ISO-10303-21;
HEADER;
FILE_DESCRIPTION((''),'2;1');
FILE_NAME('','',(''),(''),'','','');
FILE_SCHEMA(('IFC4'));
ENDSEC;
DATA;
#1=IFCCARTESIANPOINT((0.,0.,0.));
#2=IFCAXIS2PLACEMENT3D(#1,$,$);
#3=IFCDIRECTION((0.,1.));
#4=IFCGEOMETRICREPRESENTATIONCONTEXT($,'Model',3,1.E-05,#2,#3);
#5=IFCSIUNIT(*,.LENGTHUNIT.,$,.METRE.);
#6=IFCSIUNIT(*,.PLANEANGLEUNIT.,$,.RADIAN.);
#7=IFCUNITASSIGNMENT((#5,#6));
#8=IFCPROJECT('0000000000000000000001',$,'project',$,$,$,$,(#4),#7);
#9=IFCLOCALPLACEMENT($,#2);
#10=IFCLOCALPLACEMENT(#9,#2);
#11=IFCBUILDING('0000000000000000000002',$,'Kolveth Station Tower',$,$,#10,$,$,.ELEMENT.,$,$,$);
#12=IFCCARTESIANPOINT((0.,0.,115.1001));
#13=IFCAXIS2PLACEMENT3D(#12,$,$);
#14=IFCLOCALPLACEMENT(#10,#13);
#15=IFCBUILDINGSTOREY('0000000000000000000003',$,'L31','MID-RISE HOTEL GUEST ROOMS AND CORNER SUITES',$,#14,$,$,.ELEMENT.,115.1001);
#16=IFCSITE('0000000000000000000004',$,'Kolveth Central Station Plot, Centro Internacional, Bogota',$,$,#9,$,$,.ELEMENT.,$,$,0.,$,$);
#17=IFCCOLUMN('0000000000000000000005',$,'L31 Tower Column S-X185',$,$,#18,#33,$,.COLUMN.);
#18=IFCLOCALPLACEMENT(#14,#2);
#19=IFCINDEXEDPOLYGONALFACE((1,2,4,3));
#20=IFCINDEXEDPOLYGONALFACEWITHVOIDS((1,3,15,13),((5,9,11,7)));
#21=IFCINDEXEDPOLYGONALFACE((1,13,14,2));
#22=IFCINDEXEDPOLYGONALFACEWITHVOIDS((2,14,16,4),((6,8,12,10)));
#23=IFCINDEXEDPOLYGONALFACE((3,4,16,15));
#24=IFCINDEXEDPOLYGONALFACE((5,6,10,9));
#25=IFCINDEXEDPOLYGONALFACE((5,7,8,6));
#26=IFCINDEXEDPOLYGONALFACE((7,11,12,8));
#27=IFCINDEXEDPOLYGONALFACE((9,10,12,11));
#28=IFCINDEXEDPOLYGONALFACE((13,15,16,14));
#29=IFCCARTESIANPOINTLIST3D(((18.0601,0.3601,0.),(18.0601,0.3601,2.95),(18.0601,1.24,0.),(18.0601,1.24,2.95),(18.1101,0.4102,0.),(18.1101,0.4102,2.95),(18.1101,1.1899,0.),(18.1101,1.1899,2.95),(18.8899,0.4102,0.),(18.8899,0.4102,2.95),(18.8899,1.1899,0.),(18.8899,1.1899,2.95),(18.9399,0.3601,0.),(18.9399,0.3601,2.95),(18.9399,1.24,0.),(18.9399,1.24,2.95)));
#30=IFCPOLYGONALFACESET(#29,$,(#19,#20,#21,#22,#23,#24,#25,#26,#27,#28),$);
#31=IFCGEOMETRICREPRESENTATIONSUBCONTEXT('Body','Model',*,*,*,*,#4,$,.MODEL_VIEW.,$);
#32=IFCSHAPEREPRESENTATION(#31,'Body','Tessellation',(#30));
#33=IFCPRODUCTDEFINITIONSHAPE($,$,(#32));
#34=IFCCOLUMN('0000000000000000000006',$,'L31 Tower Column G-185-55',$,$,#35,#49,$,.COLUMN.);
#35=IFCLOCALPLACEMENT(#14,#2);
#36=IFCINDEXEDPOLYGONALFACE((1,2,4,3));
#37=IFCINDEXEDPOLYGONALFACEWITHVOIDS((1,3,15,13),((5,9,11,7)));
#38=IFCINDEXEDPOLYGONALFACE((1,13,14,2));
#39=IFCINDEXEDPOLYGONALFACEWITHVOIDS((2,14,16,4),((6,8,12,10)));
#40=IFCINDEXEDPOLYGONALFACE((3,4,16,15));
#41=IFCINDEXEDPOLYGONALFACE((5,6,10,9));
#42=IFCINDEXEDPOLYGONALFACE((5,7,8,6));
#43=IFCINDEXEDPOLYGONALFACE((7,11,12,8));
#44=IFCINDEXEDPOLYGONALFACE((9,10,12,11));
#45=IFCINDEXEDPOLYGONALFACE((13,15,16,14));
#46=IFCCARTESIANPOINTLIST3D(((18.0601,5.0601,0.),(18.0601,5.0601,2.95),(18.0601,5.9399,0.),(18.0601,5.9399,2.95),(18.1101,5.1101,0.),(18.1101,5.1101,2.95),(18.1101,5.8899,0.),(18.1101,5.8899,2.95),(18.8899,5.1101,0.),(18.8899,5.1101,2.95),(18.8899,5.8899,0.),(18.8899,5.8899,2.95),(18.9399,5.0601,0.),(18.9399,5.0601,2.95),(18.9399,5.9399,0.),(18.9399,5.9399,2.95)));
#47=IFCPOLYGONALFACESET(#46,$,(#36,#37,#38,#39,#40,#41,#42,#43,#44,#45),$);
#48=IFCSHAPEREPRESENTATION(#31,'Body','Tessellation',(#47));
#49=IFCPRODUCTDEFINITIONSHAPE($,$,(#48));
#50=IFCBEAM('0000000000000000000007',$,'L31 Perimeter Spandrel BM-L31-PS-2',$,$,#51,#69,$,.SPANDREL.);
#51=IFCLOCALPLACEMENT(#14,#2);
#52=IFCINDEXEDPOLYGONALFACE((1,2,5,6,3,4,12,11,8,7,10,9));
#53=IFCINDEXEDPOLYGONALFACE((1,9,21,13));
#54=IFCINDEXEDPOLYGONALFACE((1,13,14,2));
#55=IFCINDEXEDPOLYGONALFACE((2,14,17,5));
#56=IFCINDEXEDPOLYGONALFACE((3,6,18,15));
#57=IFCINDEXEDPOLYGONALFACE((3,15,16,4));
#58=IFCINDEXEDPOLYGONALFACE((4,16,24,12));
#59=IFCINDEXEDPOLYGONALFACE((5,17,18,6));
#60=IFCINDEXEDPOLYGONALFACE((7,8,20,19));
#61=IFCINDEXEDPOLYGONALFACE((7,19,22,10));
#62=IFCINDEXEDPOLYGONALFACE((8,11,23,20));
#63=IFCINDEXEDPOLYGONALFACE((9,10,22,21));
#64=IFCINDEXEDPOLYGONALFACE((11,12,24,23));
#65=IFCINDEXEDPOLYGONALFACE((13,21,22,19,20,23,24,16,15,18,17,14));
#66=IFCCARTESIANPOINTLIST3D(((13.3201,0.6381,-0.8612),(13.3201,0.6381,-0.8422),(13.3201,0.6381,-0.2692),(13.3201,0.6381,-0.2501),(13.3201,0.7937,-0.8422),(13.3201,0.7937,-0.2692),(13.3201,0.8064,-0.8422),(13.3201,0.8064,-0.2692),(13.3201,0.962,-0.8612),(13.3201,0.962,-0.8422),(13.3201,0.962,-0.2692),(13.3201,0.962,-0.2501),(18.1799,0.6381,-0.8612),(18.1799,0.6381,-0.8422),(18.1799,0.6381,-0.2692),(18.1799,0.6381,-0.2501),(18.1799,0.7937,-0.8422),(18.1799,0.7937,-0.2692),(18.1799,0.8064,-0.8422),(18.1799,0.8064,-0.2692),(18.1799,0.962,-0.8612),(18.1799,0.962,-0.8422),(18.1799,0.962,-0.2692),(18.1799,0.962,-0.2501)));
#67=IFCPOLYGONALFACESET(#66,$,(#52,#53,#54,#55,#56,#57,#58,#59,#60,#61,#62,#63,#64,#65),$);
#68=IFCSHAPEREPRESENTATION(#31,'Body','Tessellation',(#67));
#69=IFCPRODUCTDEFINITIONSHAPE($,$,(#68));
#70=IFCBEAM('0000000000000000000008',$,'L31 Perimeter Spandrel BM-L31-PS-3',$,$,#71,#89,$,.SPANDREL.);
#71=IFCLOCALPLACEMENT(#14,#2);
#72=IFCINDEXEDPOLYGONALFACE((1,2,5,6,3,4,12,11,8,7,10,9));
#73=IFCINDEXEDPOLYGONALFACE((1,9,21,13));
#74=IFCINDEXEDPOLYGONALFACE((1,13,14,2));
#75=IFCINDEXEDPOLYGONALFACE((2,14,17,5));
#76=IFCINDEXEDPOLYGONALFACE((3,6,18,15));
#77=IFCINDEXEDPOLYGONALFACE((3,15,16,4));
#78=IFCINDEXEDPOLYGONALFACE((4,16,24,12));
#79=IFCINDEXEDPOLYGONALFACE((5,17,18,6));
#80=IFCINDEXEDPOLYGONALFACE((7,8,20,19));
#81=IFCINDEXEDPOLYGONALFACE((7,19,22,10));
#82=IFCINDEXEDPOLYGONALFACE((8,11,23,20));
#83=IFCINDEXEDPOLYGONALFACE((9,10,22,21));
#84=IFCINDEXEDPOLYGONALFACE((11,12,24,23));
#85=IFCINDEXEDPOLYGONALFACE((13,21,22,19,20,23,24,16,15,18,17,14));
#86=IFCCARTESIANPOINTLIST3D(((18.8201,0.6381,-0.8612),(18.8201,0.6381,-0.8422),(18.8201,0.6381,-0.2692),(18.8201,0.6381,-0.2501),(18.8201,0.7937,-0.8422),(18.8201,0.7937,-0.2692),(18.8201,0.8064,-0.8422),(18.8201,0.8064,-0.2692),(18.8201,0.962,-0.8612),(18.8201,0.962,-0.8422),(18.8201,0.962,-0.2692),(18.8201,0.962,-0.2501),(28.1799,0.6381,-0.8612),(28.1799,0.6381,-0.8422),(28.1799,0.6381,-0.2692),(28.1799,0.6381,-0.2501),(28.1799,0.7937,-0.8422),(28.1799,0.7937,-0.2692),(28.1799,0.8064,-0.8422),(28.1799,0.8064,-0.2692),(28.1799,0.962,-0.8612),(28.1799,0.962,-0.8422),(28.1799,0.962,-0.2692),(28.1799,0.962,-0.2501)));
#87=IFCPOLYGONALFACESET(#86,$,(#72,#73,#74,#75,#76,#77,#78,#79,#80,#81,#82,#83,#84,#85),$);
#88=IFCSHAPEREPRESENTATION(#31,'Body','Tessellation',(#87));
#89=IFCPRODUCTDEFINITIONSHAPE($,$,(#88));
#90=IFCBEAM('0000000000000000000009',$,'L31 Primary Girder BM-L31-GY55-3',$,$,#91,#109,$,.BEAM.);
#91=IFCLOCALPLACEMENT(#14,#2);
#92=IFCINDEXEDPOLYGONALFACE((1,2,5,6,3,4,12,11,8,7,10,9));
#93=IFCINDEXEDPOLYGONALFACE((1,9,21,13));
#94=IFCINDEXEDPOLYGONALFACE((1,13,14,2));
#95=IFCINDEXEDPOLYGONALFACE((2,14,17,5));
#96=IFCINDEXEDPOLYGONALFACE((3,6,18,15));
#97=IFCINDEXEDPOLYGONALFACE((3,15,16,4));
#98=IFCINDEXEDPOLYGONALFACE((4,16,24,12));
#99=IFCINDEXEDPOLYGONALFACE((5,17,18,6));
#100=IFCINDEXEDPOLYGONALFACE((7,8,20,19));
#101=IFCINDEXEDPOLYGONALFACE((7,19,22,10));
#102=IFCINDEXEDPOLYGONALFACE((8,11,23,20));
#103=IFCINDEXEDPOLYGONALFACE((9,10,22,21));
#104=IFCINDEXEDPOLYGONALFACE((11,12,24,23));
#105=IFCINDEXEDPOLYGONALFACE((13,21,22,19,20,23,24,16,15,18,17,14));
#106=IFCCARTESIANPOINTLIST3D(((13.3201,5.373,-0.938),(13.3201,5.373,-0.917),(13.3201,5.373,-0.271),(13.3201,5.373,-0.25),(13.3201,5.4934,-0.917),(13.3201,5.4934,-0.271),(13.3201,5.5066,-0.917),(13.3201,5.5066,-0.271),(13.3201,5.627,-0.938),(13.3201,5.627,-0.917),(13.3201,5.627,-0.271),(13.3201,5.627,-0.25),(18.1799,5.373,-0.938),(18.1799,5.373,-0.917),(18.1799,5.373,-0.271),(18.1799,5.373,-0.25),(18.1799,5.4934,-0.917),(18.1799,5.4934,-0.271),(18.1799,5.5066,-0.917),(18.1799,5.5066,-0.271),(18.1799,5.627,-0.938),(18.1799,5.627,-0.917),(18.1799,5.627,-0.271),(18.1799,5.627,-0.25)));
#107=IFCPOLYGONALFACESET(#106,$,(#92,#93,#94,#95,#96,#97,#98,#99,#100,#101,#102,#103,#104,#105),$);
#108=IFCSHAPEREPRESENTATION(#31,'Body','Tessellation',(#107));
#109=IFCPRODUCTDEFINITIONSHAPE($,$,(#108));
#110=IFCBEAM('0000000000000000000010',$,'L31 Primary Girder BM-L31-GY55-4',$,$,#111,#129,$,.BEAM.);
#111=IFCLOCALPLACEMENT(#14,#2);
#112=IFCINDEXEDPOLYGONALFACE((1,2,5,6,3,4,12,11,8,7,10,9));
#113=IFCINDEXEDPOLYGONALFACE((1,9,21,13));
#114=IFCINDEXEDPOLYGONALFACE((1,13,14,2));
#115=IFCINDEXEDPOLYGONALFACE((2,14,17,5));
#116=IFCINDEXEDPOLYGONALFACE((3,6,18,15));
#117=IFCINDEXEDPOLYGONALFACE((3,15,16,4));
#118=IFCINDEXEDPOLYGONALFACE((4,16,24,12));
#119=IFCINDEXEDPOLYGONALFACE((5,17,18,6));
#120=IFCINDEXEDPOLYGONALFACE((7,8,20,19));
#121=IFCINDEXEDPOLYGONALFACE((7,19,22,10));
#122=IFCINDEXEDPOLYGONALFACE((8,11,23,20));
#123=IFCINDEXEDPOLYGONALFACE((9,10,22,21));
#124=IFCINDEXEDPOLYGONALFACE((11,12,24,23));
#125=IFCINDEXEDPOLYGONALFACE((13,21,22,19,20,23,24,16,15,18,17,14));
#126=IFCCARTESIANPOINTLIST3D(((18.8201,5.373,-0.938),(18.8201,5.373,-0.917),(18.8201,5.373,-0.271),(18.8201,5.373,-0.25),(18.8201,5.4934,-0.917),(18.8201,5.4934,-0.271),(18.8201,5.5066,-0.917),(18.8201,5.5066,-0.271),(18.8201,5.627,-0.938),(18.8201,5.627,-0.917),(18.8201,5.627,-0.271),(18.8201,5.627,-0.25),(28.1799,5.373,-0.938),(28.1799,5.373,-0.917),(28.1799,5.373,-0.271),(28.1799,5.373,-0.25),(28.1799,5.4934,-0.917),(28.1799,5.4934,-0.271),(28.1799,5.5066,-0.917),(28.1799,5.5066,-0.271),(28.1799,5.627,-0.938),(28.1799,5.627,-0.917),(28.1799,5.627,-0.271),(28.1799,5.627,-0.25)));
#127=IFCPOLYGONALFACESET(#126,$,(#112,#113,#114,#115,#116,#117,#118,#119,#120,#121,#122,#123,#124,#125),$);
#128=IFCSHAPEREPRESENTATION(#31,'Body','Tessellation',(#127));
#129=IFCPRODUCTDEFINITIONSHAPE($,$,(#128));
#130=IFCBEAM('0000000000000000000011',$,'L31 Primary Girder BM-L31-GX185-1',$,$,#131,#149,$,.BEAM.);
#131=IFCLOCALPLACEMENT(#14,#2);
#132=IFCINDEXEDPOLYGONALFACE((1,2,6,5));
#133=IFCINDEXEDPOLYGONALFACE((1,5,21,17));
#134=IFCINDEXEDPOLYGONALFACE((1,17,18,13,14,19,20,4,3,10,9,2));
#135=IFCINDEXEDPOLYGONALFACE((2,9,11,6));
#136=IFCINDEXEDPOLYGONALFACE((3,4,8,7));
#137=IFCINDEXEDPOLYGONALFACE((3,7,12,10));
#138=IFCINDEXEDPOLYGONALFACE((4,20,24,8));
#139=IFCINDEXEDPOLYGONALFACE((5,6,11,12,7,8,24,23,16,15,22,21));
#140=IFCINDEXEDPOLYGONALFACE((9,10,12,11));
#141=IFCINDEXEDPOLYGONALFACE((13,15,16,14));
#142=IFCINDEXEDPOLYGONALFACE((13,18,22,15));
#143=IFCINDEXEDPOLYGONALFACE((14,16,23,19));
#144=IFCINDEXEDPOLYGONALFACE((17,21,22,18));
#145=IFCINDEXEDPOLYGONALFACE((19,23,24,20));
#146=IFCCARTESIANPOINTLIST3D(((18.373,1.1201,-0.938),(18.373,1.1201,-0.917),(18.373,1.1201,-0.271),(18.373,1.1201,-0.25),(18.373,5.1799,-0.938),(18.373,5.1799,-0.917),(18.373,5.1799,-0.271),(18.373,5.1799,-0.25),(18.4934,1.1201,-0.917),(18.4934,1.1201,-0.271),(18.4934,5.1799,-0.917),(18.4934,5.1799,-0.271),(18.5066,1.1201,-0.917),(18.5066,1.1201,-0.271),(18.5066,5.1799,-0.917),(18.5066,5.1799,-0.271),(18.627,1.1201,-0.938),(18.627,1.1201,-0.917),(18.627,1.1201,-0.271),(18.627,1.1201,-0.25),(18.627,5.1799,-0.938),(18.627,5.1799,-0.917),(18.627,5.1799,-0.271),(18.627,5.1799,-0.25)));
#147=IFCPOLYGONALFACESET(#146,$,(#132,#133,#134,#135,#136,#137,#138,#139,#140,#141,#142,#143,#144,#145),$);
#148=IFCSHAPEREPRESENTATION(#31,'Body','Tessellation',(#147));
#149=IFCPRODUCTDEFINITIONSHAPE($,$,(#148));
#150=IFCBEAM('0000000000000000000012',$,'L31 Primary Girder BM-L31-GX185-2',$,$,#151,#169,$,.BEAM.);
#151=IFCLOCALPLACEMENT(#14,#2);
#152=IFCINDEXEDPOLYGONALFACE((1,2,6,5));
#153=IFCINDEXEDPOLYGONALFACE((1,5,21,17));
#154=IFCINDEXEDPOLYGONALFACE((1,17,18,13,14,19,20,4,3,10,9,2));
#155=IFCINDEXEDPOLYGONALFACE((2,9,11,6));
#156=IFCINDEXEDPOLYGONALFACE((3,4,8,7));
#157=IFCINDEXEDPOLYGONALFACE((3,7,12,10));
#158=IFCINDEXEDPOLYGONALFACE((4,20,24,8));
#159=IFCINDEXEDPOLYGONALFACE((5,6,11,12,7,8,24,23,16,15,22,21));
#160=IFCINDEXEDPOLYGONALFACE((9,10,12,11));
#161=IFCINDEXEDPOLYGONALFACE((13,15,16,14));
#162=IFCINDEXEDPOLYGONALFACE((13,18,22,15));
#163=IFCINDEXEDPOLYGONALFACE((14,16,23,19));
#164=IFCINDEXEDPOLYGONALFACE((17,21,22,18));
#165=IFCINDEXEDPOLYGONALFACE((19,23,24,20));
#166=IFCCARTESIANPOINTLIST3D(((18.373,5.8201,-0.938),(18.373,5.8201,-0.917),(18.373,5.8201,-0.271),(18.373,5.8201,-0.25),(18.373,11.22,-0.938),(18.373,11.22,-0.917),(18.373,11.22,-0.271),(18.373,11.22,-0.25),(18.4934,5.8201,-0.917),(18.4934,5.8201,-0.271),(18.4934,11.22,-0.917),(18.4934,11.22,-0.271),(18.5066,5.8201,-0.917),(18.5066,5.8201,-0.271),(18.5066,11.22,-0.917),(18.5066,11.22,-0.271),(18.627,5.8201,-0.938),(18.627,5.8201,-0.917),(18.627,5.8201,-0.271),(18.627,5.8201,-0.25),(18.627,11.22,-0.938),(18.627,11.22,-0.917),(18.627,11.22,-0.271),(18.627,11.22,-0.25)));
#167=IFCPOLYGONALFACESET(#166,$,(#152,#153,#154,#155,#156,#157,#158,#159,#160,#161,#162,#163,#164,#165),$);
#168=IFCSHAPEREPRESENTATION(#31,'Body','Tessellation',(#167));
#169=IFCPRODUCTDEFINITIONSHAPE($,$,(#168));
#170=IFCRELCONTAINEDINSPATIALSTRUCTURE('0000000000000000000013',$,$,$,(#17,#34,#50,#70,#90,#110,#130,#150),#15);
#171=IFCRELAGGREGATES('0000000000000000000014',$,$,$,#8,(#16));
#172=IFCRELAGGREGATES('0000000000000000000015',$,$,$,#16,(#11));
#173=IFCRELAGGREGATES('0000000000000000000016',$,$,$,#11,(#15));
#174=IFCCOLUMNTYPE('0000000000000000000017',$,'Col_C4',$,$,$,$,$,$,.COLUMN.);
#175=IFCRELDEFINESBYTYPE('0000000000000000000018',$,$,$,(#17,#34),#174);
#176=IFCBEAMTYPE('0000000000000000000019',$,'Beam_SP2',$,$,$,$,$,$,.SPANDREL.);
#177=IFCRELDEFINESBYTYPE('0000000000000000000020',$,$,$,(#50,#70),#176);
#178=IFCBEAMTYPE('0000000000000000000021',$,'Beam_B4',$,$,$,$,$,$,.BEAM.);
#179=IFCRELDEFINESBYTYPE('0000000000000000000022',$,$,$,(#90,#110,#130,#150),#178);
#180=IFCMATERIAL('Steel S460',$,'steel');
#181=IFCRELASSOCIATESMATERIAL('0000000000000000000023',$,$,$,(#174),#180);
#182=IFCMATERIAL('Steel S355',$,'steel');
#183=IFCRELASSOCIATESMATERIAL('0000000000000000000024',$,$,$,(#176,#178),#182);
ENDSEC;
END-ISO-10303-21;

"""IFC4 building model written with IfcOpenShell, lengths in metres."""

from ifc_helpers import new_model, si_unit, direction, frame, origin, origin_2d, place, context, subcontext, project, spatial, hollow_rectangle, i_section, extrude, source, transform, mapped, material, material_profile, profile_set, type_object, element, save


model = new_model("IFC4")

# Units and contexts
model_context = context("Model", 3, precision=1e-05, world=origin(), true_north=direction((0.0, 1.0)))
body_context = subcontext(model_context, "Body", "Model", "MODEL_VIEW")
ifc_project = project(units=[si_unit("LENGTHUNIT", "METRE"), si_unit("PLANEANGLEUNIT", "RADIAN")], contexts=[model_context])

# Site, building, storey
site_placement = place(None, origin())
site = spatial("IfcSite", under=ifc_project, at=site_placement, Name="Kolveth Central Station Plot, Centro Internacional, Bogota", CompositionType="ELEMENT", RefElevation=0.0)
building_placement = place(site_placement, origin())
building = spatial("IfcBuilding", under=site, at=building_placement, Name="Kolveth Station Tower", CompositionType="ELEMENT")
storey_placement = place(building_placement, frame((0.0, 0.0, 115.1001)))
storey = spatial("IfcBuildingStorey", under=building, at=storey_placement, Name="L31", Description="MID-RISE HOTEL GUEST ROOMS AND CORNER SUITES", CompositionType="ELEMENT", Elevation=115.1001)

# Columns
ifc_material_1 = material(Name="Steel S460", Category="steel")
ifc_material_profile_1 = material_profile(ifc_material_1, hollow_rectangle(XDim=0.8799, YDim=0.8799, WallThickness=0.05, at=origin_2d()), Name="BOX880x880x50")
ifc_profile_set_1 = profile_set([ifc_material_profile_1], Name="Steel S460")
column_type = type_object("IfcColumnType", Name="Col_C4", PredefinedType="COLUMN", material=ifc_profile_set_1)
shared_shape_1 = source(origin(), body_context, "Body", "SweptSolid", [
    extrude(hollow_rectangle(XDim=0.8799, YDim=0.8799, WallThickness=0.05, at=origin_2d()), origin(), (0.0, 0.0, 1.0), 2.95),
])
for number, where, z_axis, x_axis, name in (
    (1, (18.5, 0.8, 0.0), (0.0, 0.0, 1.0), (1.0, 0.0, 0.0), "L31 Tower Column S-X185"),
    (2, (18.5, 5.5, 0.0), (0.0, 0.0, 1.0), (1.0, 0.0, 0.0), "L31 Tower Column G-185-55"),
):
    element("IfcColumn", number, at=place(storey_placement, frame(where, z_axis=z_axis, x_axis=x_axis)), inside=storey, type_object=column_type, Name=name, PredefinedType="COLUMN", context=body_context, shape_type="MappedRepresentation", body=[
        mapped(shared_shape_1, transform((0.0, 0.0, 0.0), x_axis=(1.0, 0.0, 0.0), y_axis=(0.0, 1.0, 0.0), z_axis=(0.0, 0.0, 1.0), scale=1.0)),
    ])

# Beams
ifc_material_2 = material(Name="Steel S355", Category="steel")
ifc_material_profile_2 = material_profile(ifc_material_2, i_section(OverallWidth=0.324, OverallDepth=0.6111, WebThickness=0.0127, FlangeThickness=0.019, at=origin_2d()), Name="W610x155")
ifc_profile_set_2 = profile_set([ifc_material_profile_2], Name="Steel S355")
beam_type_1 = type_object("IfcBeamType", Name="Beam_SP2", PredefinedType="SPANDREL", material=ifc_profile_set_2)
shared_shape_2 = source(origin(), body_context, "Body", "SweptSolid", [
    extrude(i_section(OverallWidth=0.324, OverallDepth=0.6111, WebThickness=0.0127, FlangeThickness=0.019, at=origin_2d()), origin(), (0.0, 0.0, 1.0), 4.8599),
])
beam_1_placement = place(storey_placement, frame((13.3201, 0.8, -0.5557), z_axis=(1.0, 0.0, 0.0), x_axis=(0.0, 1.0, 0.0)))
element("IfcBeam", 3, at=beam_1_placement, inside=storey, type_object=beam_type_1, Name="L31 Perimeter Spandrel BM-L31-PS-2", PredefinedType="SPANDREL", context=body_context, shape_type="MappedRepresentation", body=[
    mapped(shared_shape_2, transform((0.0, 0.0, 0.0), x_axis=(1.0, 0.0, 0.0), y_axis=(0.0, 1.0, 0.0), z_axis=(0.0, 0.0, 1.0), scale=1.0)),
])
shared_shape_3 = source(origin(), body_context, "Body", "SweptSolid", [
    extrude(i_section(OverallWidth=0.324, OverallDepth=0.6111, WebThickness=0.0127, FlangeThickness=0.019, at=origin_2d()), origin(), (0.0, 0.0, 1.0), 9.3599),
])
beam_2_placement = place(storey_placement, frame((18.8201, 0.8, -0.5557), z_axis=(1.0, 0.0, 0.0), x_axis=(0.0, 1.0, 0.0)))
element("IfcBeam", 4, at=beam_2_placement, inside=storey, type_object=beam_type_1, Name="L31 Perimeter Spandrel BM-L31-PS-3", PredefinedType="SPANDREL", context=body_context, shape_type="MappedRepresentation", body=[
    mapped(shared_shape_3, transform((0.0, 0.0, 0.0), x_axis=(1.0, 0.0, 0.0), y_axis=(0.0, 1.0, 0.0), z_axis=(0.0, 0.0, 1.0), scale=1.0)),
])
ifc_material_profile_3 = material_profile(ifc_material_2, i_section(OverallWidth=0.2539, OverallDepth=0.688, WebThickness=0.0132, FlangeThickness=0.021, at=origin_2d()), Name="W690x152")
ifc_profile_set_3 = profile_set([ifc_material_profile_3], Name="Steel S355")
beam_type_2 = type_object("IfcBeamType", Name="Beam_B4", PredefinedType="BEAM", material=ifc_profile_set_3)
shared_shape_4 = source(origin(), body_context, "Body", "SweptSolid", [
    extrude(i_section(OverallWidth=0.2539, OverallDepth=0.688, WebThickness=0.0132, FlangeThickness=0.021, at=origin_2d()), origin(), (0.0, 0.0, 1.0), 4.8599),
])
beam_3_placement = place(storey_placement, frame((13.3201, 5.5, -0.594), z_axis=(1.0, 0.0, 0.0), x_axis=(0.0, 1.0, 0.0)))
element("IfcBeam", 5, at=beam_3_placement, inside=storey, type_object=beam_type_2, Name="L31 Primary Girder BM-L31-GY55-3", PredefinedType="BEAM", context=body_context, shape_type="MappedRepresentation", body=[
    mapped(shared_shape_4, transform((0.0, 0.0, 0.0), x_axis=(1.0, 0.0, 0.0), y_axis=(0.0, 1.0, 0.0), z_axis=(0.0, 0.0, 1.0), scale=1.0)),
])
shared_shape_5 = source(origin(), body_context, "Body", "SweptSolid", [
    extrude(i_section(OverallWidth=0.2539, OverallDepth=0.688, WebThickness=0.0132, FlangeThickness=0.021, at=origin_2d()), origin(), (0.0, 0.0, 1.0), 9.3599),
])
beam_4_placement = place(storey_placement, frame((18.8201, 5.5, -0.594), z_axis=(1.0, 0.0, 0.0), x_axis=(0.0, 1.0, 0.0)))
element("IfcBeam", 6, at=beam_4_placement, inside=storey, type_object=beam_type_2, Name="L31 Primary Girder BM-L31-GY55-4", PredefinedType="BEAM", context=body_context, shape_type="MappedRepresentation", body=[
    mapped(shared_shape_5, transform((0.0, 0.0, 0.0), x_axis=(1.0, 0.0, 0.0), y_axis=(0.0, 1.0, 0.0), z_axis=(0.0, 0.0, 1.0), scale=1.0)),
])
shared_shape_6 = source(origin(), body_context, "Body", "SweptSolid", [
    extrude(i_section(OverallWidth=0.2539, OverallDepth=0.688, WebThickness=0.0132, FlangeThickness=0.021, at=origin_2d()), origin(), (0.0, 0.0, 1.0), 4.0598),
])
beam_5_placement = place(storey_placement, frame((18.5, 1.1201, -0.594), z_axis=(0.0, 1.0, 0.0), x_axis=(-1.0, 0.0, 0.0)))
element("IfcBeam", 7, at=beam_5_placement, inside=storey, type_object=beam_type_2, Name="L31 Primary Girder BM-L31-GX185-1", PredefinedType="BEAM", context=body_context, shape_type="MappedRepresentation", body=[
    mapped(shared_shape_6, transform((0.0, 0.0, 0.0), x_axis=(1.0, 0.0, 0.0), y_axis=(0.0, 1.0, 0.0), z_axis=(0.0, 0.0, 1.0), scale=1.0)),
])
shared_shape_7 = source(origin(), body_context, "Body", "SweptSolid", [
    extrude(i_section(OverallWidth=0.2539, OverallDepth=0.688, WebThickness=0.0132, FlangeThickness=0.021, at=origin_2d()), origin(), (0.0, 0.0, 1.0), 5.3999),
])
beam_6_placement = place(storey_placement, frame((18.5, 5.8201, -0.594), z_axis=(0.0, 1.0, 0.0), x_axis=(-1.0, 0.0, 0.0)))
element("IfcBeam", 8, at=beam_6_placement, inside=storey, type_object=beam_type_2, Name="L31 Primary Girder BM-L31-GX185-2", PredefinedType="BEAM", context=body_context, shape_type="MappedRepresentation", body=[
    mapped(shared_shape_7, transform((0.0, 0.0, 0.0), x_axis=(1.0, 0.0, 0.0), y_axis=(0.0, 1.0, 0.0), z_axis=(0.0, 0.0, 1.0), scale=1.0)),
])

save(model, "model.ifc")
